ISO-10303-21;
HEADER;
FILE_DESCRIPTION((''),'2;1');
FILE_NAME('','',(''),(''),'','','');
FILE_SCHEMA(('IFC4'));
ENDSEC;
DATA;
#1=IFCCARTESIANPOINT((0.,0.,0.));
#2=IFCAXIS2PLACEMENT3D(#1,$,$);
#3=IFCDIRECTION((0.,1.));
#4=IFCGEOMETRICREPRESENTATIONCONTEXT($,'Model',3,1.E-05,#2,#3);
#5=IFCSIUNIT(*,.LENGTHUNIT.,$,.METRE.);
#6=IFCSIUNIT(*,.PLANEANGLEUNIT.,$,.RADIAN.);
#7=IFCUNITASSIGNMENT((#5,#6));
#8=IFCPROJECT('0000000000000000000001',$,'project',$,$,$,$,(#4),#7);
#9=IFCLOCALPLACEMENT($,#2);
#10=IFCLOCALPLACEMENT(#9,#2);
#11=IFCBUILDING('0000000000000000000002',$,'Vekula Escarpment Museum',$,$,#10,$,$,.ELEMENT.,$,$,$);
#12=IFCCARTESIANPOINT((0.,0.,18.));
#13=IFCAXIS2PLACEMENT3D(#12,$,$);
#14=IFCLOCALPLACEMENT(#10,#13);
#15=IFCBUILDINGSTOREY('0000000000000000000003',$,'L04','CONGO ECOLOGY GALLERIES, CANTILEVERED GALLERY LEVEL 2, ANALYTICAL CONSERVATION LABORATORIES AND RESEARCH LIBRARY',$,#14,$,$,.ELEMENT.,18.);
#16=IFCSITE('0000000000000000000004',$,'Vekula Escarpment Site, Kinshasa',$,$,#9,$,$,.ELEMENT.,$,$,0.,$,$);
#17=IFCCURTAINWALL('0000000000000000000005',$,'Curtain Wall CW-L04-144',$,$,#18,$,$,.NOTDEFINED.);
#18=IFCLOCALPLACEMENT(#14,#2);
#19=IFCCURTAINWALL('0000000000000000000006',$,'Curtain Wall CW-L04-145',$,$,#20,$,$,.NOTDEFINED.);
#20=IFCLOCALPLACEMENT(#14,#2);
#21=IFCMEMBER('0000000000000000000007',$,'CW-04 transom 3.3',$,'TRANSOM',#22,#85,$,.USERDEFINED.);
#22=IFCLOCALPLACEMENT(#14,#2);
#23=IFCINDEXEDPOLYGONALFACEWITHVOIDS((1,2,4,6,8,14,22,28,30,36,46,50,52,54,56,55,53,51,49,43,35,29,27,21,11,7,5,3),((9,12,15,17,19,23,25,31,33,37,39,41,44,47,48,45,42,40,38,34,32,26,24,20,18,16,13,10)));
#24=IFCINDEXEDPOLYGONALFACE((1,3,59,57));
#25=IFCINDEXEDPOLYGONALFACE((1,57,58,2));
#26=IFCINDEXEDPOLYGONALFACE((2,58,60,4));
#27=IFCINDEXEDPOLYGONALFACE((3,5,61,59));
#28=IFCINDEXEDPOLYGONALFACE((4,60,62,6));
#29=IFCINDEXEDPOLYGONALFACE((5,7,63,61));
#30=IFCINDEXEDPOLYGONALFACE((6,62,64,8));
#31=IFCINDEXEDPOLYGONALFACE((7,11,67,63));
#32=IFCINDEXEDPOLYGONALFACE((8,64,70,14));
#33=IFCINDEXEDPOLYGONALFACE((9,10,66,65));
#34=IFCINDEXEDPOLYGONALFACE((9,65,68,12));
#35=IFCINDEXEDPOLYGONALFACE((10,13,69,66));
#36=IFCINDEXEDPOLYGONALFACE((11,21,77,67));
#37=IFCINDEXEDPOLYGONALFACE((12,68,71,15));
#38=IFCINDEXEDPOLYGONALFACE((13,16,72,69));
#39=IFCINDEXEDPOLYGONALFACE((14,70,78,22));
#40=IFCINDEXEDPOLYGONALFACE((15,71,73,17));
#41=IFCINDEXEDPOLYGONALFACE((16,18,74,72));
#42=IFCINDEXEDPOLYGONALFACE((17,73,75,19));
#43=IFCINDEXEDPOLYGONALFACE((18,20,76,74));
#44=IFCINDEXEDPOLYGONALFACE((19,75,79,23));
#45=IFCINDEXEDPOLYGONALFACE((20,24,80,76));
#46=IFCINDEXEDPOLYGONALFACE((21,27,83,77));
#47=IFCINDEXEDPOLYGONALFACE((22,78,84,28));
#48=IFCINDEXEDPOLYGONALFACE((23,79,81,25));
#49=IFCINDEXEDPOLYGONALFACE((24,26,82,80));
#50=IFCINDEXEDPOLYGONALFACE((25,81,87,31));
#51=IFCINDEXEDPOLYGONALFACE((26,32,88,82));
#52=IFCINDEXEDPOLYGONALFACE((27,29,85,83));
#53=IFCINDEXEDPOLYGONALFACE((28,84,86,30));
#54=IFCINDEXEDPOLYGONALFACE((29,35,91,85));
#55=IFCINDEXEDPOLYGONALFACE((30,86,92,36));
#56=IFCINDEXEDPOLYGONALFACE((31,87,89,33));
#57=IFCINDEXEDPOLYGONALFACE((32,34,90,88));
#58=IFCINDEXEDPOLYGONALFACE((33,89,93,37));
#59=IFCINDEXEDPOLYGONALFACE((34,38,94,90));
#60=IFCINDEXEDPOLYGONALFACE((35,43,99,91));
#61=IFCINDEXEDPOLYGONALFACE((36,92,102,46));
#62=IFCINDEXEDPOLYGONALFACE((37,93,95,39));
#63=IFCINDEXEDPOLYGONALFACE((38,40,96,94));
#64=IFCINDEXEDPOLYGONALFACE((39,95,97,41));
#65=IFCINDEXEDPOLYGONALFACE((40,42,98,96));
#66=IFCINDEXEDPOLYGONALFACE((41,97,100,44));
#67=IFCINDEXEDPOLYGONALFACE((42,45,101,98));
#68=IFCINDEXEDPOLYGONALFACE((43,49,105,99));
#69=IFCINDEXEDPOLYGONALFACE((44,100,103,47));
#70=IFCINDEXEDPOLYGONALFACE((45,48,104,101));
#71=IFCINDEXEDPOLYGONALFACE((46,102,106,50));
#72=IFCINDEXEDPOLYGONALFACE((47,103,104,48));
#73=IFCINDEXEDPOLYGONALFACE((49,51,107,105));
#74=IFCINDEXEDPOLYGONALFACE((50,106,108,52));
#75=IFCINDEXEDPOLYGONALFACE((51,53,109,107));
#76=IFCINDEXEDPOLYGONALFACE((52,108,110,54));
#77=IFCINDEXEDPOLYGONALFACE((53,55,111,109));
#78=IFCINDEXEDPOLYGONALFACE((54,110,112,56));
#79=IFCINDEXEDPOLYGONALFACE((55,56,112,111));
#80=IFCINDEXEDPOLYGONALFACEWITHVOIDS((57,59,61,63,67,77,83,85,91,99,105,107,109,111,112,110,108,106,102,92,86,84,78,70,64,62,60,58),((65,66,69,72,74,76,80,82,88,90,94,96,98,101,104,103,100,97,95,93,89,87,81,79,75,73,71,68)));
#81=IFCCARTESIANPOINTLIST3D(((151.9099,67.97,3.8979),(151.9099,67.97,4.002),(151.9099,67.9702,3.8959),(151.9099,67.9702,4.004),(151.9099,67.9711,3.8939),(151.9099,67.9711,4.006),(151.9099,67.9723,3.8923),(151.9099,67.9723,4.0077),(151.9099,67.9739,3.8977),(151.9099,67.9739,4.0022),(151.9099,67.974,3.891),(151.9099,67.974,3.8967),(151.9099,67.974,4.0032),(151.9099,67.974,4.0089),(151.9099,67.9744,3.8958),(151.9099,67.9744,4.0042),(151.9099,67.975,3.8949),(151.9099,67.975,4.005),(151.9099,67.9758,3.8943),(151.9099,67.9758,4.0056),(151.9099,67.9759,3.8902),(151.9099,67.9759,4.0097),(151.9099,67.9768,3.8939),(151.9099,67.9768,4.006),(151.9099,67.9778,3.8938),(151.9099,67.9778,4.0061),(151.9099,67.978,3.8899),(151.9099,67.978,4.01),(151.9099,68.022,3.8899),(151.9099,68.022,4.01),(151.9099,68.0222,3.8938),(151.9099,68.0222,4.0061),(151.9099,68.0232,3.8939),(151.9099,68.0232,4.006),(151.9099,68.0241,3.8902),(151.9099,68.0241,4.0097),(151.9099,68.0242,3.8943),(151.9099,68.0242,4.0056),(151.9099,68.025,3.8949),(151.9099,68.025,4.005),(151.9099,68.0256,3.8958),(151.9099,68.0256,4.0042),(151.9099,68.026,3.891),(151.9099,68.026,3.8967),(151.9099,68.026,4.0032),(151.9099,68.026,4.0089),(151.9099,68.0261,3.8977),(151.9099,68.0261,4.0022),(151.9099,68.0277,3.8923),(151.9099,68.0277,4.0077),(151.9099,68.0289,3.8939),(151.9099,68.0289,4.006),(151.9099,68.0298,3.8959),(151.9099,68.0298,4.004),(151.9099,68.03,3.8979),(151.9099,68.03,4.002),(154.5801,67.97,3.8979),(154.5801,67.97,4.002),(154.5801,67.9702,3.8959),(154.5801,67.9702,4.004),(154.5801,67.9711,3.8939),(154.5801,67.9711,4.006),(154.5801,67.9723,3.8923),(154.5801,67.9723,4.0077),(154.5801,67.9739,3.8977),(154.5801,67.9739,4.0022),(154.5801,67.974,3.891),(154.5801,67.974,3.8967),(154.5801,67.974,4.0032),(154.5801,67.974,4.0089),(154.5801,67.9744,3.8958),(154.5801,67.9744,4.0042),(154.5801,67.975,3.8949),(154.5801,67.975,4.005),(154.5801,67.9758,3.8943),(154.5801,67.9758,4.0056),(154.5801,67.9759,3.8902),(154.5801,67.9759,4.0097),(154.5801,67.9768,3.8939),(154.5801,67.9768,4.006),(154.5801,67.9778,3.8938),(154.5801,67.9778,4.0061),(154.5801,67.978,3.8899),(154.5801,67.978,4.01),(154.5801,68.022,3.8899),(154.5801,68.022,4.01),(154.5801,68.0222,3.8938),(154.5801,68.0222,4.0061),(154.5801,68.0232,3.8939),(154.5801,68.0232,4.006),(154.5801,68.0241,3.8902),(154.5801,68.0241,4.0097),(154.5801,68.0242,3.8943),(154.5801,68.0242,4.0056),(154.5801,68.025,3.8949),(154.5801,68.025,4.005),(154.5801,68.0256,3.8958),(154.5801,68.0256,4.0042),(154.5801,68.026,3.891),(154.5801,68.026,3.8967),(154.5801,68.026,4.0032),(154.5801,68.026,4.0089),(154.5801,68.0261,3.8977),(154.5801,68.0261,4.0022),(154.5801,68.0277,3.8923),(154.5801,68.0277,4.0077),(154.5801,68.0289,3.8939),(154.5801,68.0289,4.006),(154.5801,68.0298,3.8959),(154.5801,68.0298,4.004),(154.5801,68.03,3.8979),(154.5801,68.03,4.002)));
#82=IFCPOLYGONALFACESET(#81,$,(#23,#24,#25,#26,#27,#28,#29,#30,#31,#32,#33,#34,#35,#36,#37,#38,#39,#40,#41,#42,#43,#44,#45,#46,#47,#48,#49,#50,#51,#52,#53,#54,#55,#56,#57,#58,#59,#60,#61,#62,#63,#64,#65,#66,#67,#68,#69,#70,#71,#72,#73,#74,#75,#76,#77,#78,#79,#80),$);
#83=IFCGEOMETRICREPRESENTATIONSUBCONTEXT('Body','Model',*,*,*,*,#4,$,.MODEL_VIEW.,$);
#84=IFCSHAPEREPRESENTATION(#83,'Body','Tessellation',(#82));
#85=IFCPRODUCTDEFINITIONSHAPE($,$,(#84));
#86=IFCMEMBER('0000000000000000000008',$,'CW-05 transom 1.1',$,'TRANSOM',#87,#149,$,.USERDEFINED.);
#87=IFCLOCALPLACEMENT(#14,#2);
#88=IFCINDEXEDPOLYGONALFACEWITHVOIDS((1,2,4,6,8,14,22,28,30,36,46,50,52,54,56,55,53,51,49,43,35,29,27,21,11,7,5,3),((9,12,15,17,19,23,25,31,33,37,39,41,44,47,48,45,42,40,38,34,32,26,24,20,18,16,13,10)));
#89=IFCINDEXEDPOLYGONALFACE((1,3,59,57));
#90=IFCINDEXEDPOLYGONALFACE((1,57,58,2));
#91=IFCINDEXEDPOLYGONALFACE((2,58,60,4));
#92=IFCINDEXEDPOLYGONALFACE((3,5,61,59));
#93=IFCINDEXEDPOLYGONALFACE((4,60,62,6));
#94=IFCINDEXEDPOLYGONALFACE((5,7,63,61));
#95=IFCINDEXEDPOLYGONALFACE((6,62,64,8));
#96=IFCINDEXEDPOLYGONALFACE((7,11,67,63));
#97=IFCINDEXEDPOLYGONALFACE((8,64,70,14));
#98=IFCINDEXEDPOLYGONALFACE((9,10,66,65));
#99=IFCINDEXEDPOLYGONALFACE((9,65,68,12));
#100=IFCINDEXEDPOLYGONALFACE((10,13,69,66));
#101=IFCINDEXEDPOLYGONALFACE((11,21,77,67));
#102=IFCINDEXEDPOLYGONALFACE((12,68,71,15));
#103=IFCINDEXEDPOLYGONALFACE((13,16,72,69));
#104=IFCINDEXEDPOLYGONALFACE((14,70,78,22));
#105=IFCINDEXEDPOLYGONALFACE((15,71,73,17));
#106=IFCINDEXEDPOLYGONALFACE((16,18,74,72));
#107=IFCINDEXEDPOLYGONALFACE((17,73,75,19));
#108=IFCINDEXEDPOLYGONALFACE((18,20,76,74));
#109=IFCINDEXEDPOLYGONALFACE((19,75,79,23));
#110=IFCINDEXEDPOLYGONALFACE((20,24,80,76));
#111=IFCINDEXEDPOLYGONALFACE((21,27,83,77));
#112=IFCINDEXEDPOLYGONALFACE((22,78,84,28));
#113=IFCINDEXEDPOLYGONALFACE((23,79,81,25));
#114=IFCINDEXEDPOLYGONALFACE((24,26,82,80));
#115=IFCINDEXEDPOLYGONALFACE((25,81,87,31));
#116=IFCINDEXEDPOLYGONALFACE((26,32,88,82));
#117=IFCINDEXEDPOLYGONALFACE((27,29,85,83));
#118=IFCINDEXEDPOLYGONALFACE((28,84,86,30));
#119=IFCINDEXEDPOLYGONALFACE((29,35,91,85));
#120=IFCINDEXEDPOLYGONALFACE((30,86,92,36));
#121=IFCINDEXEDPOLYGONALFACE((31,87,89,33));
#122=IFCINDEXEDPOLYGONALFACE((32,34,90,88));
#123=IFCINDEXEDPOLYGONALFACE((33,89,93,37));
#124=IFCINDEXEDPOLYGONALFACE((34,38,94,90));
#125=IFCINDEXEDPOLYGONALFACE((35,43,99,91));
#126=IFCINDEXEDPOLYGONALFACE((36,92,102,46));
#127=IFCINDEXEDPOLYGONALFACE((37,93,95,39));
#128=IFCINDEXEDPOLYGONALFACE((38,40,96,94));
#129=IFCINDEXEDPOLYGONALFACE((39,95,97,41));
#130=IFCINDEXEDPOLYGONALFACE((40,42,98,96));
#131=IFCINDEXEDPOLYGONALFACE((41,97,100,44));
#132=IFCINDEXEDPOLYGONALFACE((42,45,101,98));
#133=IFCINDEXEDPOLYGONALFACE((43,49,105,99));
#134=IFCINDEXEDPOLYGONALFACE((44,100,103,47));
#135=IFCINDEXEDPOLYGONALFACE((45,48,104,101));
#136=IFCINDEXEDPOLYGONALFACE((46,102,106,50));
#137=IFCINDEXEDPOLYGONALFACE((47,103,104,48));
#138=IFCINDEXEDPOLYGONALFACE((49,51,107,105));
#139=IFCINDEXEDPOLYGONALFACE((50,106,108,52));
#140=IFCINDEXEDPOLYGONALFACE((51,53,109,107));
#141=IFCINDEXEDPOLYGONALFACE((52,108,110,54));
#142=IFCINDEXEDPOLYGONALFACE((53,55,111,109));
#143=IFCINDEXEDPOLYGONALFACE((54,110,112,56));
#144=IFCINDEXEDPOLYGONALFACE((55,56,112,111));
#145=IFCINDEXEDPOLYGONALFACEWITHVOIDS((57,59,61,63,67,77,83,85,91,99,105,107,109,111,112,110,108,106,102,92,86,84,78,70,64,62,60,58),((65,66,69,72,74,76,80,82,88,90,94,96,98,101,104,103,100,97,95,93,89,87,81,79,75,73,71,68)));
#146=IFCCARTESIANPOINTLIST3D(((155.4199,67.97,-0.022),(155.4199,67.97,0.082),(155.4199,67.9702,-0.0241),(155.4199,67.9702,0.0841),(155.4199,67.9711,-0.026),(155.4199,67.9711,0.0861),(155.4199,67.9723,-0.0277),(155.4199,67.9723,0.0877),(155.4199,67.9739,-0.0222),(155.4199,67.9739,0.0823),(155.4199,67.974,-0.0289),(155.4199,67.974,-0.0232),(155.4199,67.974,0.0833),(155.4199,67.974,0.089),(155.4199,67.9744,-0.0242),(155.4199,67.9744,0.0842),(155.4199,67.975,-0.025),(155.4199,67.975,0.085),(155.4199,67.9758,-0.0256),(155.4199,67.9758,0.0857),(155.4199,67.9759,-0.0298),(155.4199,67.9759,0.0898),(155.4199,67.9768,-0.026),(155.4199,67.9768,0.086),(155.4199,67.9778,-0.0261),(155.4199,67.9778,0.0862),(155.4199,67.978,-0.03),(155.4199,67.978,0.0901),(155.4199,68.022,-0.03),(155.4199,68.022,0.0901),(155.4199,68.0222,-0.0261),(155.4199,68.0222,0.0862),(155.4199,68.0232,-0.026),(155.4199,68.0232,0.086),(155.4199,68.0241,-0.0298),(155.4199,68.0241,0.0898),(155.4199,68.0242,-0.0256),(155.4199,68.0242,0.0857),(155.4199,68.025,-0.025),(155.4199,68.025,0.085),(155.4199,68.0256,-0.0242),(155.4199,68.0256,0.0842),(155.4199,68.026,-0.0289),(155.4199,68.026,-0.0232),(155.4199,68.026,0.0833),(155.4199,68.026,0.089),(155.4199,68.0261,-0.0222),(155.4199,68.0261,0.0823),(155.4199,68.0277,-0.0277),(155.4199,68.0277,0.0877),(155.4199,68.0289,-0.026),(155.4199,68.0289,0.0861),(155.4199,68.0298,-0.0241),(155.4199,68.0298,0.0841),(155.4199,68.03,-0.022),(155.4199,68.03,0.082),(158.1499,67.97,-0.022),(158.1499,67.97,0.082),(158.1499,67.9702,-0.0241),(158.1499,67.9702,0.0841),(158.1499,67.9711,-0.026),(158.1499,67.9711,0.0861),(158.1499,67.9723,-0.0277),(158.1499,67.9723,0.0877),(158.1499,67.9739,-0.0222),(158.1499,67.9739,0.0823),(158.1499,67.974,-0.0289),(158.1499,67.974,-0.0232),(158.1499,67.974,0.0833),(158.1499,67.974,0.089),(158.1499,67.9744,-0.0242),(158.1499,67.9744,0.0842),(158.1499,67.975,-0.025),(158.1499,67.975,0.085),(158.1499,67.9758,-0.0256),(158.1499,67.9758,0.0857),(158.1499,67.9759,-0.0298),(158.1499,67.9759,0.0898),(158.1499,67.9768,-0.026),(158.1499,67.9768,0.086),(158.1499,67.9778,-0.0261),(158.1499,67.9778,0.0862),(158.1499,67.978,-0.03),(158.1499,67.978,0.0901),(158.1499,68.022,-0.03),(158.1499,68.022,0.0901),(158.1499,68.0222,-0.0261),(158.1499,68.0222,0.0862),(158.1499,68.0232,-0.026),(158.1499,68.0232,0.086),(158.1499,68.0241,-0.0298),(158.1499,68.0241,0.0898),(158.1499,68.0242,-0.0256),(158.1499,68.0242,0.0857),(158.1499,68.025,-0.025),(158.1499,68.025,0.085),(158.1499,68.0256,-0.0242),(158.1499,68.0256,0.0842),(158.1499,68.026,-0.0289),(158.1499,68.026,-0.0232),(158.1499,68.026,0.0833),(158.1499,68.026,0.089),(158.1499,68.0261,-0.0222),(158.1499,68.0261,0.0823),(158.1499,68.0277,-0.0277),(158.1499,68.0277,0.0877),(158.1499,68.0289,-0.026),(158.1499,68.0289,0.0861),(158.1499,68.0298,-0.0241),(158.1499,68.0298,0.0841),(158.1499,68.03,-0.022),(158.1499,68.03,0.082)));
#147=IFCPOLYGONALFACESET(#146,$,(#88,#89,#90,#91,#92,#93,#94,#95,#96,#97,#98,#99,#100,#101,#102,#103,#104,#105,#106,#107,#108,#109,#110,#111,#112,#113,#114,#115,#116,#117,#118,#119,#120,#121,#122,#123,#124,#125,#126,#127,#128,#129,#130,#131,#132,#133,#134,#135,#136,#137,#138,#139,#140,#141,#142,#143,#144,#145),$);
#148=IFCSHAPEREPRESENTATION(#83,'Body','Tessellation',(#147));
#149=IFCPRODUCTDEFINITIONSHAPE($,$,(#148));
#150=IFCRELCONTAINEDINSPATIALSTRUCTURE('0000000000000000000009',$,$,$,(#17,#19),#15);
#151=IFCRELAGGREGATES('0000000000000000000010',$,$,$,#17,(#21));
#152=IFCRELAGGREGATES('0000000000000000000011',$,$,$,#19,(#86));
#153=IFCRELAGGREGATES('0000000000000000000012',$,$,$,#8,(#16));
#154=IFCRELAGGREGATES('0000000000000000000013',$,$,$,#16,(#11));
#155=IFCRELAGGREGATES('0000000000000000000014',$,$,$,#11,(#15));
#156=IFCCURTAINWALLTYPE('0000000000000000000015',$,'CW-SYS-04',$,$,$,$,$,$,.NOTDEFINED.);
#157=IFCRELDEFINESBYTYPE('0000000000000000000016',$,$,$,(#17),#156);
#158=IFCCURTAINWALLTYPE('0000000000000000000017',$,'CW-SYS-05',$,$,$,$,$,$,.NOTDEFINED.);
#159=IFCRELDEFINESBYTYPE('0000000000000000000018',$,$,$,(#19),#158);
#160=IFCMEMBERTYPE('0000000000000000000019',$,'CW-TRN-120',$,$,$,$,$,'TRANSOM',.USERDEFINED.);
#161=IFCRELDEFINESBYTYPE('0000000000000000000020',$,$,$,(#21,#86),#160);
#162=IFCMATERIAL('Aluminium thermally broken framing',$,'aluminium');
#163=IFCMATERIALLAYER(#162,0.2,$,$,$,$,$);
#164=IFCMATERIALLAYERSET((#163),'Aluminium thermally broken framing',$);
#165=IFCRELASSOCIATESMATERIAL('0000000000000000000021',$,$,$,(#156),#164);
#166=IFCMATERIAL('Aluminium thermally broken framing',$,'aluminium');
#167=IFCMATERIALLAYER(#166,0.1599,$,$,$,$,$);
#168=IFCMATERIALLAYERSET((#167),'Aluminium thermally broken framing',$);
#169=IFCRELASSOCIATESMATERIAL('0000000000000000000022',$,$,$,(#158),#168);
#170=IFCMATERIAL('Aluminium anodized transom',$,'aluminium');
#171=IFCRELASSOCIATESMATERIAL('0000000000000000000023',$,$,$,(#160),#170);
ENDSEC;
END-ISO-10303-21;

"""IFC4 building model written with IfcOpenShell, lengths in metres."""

from ifc_helpers import new_model, si_unit, direction, frame, origin, origin_2d, place, context, subcontext, project, spatial, hollow_rectangle, extrude, material, layer, layer_set, material_profile, profile_set, type_object, element, aggregate, save


model = new_model("IFC4")

# Units and contexts
model_context = context("Model", 3, precision=1e-05, world=origin(), true_north=direction((0.0, 1.0)))
body_context = subcontext(model_context, "Body", "Model", "MODEL_VIEW")
ifc_project = project(units=[si_unit("LENGTHUNIT", "METRE"), si_unit("PLANEANGLEUNIT", "RADIAN")], contexts=[model_context])

# Site, building, storey
site_placement = place(None, origin())
site = spatial("IfcSite", under=ifc_project, at=site_placement, Name="Vekula Escarpment Site, Kinshasa", CompositionType="ELEMENT", RefElevation=0.0)
building_placement = place(site_placement, origin())
building = spatial("IfcBuilding", under=site, at=building_placement, Name="Vekula Escarpment Museum", CompositionType="ELEMENT")
storey_placement = place(building_placement, frame((0.0, 0.0, 18.0)))
storey = spatial("IfcBuildingStorey", under=building, at=storey_placement, Name="L04", Description="CONGO ECOLOGY GALLERIES, CANTILEVERED GALLERY LEVEL 2, ANALYTICAL CONSERVATION LABORATORIES AND RESEARCH LIBRARY", CompositionType="ELEMENT", Elevation=18.0)

# Curtain walls
ifc_material_1 = material(Name="Aluminium thermally broken framing", Category="aluminium")
ifc_layer_1 = layer(ifc_material_1, 0.2)
ifc_layer_set_1 = layer_set([ifc_layer_1], Name="Aluminium thermally broken framing")
curtain_wall_type_1 = type_object("IfcCurtainWallType", Name="CW-SYS-04", PredefinedType="NOTDEFINED", material=ifc_layer_set_1)
curtain_wall_1_placement = place(storey_placement, origin())
curtain_wall_1 = element("IfcCurtainWall", 1, at=curtain_wall_1_placement, inside=storey, type_object=curtain_wall_type_1, Name="Curtain Wall CW-L04-144", PredefinedType="NOTDEFINED")
ifc_material_2 = material(Name="Aluminium thermally broken framing", Category="aluminium")
ifc_layer_2 = layer(ifc_material_2, 0.1599)
ifc_layer_set_2 = layer_set([ifc_layer_2], Name="Aluminium thermally broken framing")
curtain_wall_type_2 = type_object("IfcCurtainWallType", Name="CW-SYS-05", PredefinedType="NOTDEFINED", material=ifc_layer_set_2)
curtain_wall_2_placement = place(storey_placement, origin())
curtain_wall_2 = element("IfcCurtainWall", 2, at=curtain_wall_2_placement, inside=storey, type_object=curtain_wall_type_2, Name="Curtain Wall CW-L04-145", PredefinedType="NOTDEFINED")

# Members
ifc_material_3 = material(Name="Aluminium anodized transom", Category="aluminium")
ifc_material_profile_1 = material_profile(ifc_material_3, hollow_rectangle(XDim=0.0601, YDim=0.1201, WallThickness=0.0039, InnerFilletRadius=0.0039, OuterFilletRadius=0.0081, at=origin_2d()), Name="ALU 120x60x4")
ifc_profile_set_1 = profile_set([ifc_material_profile_1], Name="Aluminium anodized transom")
member_type_1 = type_object("IfcMemberType", Name="CW-TRN-120", ElementType="TRANSOM", PredefinedType="USERDEFINED", material=ifc_profile_set_1)
member_1_placement = place(storey_placement, frame((151.9099, 68.0, 3.95), z_axis=(1.0, 0.0, 0.0), x_axis=(0.0, 1.0, 0.0)))
member_1 = element("IfcMember", 3, at=member_1_placement, type_object=member_type_1, Name="CW-04 transom 3.3", ObjectType="TRANSOM", PredefinedType="USERDEFINED", context=body_context, shape_type="SweptSolid", body=[
    extrude(hollow_rectangle(XDim=0.0601, YDim=0.1201, WallThickness=0.0039, InnerFilletRadius=0.0039, OuterFilletRadius=0.0081, at=origin_2d()), origin(), (0.0, 0.0, 1.0), 2.6702),
])
member_2_placement = place(storey_placement, frame((155.4199, 68.0, 0.03), z_axis=(1.0, 0.0, 0.0), x_axis=(0.0, 1.0, 0.0)))
member_2 = element("IfcMember", 4, at=member_2_placement, type_object=member_type_1, Name="CW-05 transom 1.1", ObjectType="TRANSOM", PredefinedType="USERDEFINED", context=body_context, shape_type="SweptSolid", body=[
    extrude(hollow_rectangle(XDim=0.0601, YDim=0.1201, WallThickness=0.0039, InnerFilletRadius=0.0039, OuterFilletRadius=0.0081, at=origin_2d()), origin(), (0.0, 0.0, 1.0), 2.73),
])

aggregate(curtain_wall_1, [member_1])
aggregate(curtain_wall_2, [member_2])

save(model, "model.ifc")
